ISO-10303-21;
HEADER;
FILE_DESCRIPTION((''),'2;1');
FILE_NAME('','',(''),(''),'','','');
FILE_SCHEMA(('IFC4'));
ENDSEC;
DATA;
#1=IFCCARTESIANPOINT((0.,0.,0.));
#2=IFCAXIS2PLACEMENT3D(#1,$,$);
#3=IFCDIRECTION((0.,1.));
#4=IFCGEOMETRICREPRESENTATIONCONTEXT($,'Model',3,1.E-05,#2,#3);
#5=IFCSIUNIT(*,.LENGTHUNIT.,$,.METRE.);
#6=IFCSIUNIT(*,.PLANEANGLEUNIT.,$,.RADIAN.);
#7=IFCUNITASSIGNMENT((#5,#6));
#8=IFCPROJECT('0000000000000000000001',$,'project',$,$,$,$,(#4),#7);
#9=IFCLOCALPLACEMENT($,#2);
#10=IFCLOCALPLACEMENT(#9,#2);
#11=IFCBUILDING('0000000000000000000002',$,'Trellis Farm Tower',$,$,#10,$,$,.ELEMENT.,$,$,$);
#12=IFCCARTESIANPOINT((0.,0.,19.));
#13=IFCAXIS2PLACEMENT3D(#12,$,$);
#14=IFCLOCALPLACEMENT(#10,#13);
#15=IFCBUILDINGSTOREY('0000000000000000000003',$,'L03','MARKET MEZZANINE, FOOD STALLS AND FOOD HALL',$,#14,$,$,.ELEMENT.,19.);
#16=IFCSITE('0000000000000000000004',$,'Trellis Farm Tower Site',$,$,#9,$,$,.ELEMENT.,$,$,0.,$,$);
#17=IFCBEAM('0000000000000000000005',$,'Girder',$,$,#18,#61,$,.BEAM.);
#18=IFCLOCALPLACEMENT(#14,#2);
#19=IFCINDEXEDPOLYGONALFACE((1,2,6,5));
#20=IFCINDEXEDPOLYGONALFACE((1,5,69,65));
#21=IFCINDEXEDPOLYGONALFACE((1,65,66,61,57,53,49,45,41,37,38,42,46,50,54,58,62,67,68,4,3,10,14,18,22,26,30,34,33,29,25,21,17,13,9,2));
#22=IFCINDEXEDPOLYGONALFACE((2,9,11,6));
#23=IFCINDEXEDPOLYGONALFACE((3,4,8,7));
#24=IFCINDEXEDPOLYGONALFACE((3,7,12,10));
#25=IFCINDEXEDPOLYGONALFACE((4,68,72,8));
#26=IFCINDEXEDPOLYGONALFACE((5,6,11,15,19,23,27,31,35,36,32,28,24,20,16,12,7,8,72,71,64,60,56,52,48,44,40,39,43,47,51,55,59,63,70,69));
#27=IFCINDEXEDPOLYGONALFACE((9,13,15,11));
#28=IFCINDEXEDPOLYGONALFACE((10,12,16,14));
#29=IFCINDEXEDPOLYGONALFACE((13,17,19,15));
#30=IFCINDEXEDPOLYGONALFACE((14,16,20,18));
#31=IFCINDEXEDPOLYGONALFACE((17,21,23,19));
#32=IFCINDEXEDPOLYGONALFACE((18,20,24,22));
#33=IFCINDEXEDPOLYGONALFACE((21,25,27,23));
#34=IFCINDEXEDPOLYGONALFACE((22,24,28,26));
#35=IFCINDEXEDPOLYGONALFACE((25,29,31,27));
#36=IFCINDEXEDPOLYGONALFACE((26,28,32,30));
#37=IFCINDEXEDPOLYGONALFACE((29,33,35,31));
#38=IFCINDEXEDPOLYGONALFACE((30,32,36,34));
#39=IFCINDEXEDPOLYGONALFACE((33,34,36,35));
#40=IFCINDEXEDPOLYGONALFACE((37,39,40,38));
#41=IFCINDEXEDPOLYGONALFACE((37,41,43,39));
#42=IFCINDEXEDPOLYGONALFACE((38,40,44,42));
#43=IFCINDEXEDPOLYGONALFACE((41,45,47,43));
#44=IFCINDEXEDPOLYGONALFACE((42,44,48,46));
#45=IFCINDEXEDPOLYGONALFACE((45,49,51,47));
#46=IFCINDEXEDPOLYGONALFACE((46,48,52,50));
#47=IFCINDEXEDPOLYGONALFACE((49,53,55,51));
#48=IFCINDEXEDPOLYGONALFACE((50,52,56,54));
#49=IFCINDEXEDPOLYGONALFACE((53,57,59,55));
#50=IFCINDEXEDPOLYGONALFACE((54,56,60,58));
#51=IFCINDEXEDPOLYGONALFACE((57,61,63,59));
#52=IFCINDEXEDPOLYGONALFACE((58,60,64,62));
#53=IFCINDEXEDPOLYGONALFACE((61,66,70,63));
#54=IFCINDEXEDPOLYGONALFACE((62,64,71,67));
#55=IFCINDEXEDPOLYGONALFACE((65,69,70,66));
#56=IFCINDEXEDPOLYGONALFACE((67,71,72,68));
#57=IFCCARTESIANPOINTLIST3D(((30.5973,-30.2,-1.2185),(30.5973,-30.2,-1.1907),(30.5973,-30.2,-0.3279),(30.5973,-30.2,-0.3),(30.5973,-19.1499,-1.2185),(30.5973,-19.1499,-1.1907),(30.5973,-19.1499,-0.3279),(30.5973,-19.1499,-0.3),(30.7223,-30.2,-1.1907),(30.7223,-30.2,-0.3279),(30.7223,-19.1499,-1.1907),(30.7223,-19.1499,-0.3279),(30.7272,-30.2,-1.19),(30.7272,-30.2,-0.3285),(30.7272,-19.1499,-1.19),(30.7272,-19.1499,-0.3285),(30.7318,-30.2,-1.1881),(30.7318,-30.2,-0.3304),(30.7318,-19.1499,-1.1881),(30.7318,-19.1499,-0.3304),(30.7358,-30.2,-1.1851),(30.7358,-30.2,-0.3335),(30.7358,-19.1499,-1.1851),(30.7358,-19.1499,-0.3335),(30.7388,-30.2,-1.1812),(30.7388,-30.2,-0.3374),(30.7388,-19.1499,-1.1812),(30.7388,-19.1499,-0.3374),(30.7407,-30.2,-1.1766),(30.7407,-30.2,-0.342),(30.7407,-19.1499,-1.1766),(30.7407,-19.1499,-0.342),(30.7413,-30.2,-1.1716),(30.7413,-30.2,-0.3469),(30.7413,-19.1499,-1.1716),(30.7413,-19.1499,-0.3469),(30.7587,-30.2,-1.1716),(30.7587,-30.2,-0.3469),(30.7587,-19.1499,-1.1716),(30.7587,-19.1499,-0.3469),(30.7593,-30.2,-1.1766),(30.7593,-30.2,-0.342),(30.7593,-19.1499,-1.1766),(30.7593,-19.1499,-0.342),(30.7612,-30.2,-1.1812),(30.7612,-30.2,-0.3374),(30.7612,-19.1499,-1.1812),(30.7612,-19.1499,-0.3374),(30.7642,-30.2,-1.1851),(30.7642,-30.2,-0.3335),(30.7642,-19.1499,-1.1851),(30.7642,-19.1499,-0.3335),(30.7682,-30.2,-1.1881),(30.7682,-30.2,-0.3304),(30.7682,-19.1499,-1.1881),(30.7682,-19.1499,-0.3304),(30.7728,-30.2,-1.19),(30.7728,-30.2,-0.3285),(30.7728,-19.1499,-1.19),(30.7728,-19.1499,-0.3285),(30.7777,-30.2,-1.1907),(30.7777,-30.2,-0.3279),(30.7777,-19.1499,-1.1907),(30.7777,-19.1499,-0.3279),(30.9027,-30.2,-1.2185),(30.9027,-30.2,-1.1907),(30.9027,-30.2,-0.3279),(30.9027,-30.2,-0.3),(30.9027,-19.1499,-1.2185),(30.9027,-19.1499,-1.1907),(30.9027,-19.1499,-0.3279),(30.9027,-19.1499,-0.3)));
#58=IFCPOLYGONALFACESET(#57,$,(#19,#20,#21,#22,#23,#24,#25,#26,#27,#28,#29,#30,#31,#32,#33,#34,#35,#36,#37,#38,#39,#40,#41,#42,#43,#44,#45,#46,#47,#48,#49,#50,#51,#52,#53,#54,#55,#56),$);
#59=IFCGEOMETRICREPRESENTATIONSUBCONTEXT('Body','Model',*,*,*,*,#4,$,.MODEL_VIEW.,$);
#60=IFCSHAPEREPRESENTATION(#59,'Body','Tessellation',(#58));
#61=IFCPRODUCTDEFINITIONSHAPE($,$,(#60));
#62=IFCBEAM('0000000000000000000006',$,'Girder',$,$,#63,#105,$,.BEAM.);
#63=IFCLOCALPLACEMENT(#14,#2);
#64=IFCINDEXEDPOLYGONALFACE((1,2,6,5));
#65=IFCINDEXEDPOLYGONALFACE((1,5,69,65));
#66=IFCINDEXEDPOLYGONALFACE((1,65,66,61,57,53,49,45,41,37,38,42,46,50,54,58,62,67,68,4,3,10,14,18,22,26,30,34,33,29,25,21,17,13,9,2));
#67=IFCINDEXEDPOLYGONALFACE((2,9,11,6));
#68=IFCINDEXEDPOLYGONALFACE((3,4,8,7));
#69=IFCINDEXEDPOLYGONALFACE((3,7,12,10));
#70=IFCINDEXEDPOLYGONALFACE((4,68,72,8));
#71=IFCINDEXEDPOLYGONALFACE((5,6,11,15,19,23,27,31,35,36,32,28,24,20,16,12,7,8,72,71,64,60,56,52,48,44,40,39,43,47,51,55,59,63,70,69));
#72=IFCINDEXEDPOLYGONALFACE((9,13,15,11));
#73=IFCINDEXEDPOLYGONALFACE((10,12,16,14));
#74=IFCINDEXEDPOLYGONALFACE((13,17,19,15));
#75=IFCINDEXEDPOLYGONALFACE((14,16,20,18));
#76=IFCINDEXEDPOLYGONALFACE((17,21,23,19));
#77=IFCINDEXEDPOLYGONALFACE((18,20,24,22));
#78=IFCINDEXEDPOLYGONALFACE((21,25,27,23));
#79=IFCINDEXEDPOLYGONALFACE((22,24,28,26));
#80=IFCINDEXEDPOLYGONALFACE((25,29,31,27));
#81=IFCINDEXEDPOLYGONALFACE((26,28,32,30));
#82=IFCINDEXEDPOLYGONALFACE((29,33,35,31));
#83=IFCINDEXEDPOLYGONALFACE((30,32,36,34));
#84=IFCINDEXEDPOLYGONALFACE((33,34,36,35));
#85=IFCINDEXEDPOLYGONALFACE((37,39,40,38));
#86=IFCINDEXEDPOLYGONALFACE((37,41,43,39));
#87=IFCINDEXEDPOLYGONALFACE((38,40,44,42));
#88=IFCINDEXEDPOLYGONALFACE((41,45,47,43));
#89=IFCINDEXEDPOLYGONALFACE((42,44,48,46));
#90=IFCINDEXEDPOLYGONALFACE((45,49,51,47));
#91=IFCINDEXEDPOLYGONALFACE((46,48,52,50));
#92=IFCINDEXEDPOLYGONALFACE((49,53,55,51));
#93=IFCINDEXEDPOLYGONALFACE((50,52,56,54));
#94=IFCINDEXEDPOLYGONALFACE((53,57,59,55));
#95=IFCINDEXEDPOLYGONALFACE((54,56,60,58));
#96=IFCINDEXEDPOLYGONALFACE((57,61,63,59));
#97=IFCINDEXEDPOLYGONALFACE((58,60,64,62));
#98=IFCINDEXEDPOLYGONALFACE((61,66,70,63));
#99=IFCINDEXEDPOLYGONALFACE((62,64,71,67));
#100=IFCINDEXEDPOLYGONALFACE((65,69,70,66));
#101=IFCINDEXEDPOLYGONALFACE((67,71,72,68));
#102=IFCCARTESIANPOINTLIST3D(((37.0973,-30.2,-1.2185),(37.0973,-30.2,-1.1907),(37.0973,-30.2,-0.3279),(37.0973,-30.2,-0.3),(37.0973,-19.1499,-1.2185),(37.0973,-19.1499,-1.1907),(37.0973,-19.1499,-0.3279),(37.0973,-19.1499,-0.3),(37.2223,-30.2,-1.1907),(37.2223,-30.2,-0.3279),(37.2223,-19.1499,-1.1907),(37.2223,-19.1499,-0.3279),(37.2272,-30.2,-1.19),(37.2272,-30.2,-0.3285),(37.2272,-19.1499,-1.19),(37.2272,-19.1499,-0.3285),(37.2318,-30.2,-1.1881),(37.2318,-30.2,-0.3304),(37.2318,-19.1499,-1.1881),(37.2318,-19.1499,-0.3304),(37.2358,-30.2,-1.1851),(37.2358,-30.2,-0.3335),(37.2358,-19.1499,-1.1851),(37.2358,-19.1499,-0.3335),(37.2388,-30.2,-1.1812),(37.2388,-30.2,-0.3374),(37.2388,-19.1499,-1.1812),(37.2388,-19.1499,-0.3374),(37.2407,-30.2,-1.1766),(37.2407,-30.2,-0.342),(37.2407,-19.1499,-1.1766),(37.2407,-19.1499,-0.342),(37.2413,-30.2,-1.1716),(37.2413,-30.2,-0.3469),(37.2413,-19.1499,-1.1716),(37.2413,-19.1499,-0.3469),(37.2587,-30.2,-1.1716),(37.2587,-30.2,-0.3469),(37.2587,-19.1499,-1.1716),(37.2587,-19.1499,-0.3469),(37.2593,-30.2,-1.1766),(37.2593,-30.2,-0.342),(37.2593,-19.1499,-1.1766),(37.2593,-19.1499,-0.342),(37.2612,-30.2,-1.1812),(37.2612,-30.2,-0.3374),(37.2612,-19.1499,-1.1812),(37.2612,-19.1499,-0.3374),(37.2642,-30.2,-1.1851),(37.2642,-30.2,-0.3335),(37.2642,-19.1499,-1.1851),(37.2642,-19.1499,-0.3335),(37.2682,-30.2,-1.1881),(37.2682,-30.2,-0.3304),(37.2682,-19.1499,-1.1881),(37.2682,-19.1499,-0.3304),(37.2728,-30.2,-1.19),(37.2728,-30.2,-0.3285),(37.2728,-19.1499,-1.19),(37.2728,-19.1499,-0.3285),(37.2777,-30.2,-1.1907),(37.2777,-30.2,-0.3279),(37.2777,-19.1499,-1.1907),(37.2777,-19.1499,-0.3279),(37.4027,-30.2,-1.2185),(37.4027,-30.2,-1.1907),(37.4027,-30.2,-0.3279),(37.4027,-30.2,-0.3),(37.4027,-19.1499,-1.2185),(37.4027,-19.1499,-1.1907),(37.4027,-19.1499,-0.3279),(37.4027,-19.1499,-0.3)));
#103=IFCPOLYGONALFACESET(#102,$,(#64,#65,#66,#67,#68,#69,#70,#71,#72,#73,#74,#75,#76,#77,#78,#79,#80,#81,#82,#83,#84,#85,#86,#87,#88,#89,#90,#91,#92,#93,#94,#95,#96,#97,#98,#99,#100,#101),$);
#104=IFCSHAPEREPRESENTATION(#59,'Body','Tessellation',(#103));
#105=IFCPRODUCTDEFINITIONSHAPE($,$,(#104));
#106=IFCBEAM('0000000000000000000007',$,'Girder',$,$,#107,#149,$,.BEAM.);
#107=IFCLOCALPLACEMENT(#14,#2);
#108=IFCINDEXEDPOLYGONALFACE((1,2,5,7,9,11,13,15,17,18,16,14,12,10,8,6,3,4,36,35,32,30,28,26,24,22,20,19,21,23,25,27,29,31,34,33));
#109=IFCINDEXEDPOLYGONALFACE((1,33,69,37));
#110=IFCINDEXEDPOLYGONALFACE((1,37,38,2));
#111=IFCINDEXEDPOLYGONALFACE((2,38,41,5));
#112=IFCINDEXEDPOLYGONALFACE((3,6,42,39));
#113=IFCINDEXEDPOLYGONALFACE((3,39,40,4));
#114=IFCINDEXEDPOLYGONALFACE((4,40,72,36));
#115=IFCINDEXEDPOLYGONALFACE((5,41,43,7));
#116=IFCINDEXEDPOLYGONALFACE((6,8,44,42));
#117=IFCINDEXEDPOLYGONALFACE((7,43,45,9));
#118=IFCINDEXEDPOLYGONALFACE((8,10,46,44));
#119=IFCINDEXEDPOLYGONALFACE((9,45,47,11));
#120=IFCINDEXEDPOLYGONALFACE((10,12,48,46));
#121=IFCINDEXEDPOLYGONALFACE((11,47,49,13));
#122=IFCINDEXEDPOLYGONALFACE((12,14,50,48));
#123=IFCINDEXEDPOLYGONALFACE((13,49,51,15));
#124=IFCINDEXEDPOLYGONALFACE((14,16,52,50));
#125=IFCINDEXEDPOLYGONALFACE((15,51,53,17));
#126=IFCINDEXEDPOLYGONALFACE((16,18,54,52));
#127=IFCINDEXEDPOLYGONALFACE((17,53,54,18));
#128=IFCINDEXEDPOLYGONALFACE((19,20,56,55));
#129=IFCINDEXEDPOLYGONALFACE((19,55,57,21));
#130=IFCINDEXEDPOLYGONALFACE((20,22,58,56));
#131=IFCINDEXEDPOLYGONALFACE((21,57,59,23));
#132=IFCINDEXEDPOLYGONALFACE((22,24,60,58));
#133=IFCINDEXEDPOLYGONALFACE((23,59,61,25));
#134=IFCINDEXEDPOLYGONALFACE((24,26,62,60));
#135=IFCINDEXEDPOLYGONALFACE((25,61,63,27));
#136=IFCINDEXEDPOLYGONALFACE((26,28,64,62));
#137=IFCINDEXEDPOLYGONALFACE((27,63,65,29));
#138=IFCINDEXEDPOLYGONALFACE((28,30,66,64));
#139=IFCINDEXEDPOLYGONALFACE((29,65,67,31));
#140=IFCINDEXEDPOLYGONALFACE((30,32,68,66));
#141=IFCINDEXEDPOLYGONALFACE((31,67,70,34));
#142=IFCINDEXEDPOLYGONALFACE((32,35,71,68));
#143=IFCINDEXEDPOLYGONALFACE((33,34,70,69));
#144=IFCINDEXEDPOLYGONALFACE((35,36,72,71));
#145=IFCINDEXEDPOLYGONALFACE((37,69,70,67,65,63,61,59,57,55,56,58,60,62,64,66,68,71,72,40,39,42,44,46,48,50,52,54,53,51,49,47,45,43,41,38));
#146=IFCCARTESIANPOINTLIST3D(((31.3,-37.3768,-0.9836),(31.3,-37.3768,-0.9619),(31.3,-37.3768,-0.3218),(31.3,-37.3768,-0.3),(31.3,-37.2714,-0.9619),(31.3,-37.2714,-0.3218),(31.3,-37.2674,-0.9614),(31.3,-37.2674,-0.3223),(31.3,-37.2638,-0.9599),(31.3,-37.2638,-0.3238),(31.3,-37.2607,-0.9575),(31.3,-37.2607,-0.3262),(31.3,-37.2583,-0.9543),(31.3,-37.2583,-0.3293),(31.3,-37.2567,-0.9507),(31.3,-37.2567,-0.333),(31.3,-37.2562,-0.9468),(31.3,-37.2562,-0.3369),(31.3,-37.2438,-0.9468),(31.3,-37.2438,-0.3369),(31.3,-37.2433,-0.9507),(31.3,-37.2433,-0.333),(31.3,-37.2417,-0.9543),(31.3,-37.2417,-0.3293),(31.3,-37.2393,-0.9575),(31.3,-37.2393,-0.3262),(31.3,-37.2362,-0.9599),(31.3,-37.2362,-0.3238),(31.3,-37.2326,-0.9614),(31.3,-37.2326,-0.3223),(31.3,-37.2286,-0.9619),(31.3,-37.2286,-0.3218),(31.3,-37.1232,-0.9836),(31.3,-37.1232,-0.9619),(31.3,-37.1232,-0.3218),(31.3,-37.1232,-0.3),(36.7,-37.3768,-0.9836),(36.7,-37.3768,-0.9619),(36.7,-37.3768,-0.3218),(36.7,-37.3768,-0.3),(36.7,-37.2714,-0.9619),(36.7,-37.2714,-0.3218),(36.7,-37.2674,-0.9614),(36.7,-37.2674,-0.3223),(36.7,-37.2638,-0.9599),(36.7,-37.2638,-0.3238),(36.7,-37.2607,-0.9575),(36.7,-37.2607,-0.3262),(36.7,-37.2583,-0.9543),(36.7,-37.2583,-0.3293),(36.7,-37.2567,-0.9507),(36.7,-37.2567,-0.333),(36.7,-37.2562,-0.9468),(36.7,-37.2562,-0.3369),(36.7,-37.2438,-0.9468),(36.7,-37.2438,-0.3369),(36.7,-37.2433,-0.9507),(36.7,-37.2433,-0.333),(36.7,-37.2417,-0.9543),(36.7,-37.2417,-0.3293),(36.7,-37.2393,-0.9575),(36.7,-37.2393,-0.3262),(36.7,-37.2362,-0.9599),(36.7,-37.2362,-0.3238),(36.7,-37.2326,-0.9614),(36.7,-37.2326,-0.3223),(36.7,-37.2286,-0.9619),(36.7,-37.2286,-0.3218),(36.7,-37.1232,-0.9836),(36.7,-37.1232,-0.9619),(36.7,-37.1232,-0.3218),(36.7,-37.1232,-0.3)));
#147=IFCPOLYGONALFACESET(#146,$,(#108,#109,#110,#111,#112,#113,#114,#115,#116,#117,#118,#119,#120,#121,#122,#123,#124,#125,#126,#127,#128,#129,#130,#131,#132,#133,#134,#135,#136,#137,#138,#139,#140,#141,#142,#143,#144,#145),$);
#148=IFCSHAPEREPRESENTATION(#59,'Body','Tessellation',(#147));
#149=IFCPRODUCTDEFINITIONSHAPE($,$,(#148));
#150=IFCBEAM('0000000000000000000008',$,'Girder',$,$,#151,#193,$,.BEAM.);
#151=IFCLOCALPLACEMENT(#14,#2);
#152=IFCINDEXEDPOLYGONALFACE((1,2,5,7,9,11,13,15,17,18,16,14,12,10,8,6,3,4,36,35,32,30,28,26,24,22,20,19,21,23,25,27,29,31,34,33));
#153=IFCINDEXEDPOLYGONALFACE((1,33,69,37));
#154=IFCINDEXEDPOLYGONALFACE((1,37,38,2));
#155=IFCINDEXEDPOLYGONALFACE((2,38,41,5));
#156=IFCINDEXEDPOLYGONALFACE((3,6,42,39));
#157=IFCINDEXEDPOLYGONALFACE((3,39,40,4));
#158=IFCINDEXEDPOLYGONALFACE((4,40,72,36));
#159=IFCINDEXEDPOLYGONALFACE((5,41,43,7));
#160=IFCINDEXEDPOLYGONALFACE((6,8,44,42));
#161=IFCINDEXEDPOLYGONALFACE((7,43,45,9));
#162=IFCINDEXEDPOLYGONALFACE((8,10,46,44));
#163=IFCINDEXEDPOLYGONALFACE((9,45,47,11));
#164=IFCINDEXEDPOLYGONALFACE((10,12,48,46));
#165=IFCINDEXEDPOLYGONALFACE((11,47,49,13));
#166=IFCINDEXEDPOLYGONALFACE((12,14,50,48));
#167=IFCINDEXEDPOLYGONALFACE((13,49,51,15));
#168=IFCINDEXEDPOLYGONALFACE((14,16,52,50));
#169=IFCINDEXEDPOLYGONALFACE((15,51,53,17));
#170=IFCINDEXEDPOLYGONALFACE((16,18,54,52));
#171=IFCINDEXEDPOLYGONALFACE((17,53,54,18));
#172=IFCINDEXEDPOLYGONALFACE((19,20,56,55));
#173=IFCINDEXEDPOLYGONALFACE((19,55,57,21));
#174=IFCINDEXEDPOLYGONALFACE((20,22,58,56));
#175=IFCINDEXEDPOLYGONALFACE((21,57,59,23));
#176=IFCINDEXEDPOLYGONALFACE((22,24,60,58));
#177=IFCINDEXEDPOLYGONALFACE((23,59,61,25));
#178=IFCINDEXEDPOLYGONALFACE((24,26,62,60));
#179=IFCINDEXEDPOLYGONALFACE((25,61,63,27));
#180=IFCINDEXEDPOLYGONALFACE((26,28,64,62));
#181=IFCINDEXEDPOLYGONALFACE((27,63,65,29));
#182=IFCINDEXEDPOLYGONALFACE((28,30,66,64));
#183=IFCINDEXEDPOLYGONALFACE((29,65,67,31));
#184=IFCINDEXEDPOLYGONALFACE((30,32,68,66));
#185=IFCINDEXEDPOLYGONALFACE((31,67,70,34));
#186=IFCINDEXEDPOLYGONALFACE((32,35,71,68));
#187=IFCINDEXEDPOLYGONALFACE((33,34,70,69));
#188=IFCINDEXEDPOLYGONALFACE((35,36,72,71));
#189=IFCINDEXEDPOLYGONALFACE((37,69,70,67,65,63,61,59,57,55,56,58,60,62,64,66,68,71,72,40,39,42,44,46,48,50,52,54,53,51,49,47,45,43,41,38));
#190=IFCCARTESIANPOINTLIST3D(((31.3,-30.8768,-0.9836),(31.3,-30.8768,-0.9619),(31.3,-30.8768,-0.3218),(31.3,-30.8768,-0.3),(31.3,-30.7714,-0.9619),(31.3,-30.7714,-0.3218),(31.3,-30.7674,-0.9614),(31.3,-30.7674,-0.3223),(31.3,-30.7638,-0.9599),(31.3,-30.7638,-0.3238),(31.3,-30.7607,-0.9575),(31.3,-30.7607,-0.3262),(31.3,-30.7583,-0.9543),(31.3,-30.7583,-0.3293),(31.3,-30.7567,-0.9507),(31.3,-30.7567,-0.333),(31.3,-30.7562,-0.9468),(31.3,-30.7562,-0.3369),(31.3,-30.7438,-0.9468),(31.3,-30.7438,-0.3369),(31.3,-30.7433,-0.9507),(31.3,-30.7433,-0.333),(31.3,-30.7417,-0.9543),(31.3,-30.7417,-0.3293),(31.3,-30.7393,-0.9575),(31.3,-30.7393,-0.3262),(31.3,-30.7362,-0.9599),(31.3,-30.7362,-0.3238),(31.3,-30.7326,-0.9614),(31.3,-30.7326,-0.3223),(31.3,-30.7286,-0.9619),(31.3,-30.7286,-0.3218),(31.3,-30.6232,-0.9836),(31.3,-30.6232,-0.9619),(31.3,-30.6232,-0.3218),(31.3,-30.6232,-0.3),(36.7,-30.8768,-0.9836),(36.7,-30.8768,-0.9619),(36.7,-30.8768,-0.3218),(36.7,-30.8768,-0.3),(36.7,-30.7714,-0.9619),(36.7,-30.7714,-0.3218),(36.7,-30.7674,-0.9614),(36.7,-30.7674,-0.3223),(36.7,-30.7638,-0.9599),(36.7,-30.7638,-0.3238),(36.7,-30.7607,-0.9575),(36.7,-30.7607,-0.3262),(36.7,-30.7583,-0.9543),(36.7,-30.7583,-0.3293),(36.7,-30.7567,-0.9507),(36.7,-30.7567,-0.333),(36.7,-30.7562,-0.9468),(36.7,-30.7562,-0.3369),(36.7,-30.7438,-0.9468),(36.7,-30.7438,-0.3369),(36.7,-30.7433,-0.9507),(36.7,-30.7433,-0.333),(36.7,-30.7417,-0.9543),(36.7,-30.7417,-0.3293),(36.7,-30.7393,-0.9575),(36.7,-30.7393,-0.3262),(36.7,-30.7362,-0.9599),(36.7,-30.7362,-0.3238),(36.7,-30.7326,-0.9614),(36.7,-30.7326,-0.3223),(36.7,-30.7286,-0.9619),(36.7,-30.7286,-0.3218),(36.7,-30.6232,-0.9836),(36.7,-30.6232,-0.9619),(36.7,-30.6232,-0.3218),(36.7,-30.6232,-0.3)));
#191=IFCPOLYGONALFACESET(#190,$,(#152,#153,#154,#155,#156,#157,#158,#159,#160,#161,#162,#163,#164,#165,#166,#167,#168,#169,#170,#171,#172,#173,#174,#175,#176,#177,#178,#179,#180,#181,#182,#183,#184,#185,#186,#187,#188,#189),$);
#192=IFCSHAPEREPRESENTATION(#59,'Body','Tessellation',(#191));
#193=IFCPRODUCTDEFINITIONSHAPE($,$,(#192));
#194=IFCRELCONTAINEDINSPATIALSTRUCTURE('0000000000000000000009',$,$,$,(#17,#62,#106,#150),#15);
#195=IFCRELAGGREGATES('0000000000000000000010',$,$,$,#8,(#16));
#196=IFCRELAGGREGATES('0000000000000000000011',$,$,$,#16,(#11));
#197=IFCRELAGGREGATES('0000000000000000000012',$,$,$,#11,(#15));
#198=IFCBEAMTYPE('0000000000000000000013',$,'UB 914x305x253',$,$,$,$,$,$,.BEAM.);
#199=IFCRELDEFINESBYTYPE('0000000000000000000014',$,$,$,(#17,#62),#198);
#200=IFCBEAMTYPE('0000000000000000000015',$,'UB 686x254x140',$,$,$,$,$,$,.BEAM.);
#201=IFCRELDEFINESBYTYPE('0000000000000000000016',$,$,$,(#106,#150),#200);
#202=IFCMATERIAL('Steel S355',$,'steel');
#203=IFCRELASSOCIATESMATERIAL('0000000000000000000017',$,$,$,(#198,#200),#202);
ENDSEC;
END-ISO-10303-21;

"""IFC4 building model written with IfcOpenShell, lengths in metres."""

from ifc_helpers import new_model, si_unit, direction, frame, origin, origin_2d, place, context, subcontext, project, spatial, i_section, extrude, source, transform, mapped, material, material_profile, profile_set, type_object, element, save


model = new_model("IFC4")

# Units and contexts
model_context = context("Model", 3, precision=1e-05, world=origin(), true_north=direction((0.0, 1.0)))
body_context = subcontext(model_context, "Body", "Model", "MODEL_VIEW")
ifc_project = project(units=[si_unit("LENGTHUNIT", "METRE"), si_unit("PLANEANGLEUNIT", "RADIAN")], contexts=[model_context])

# Site, building, storey
site_placement = place(None, origin())
site = spatial("IfcSite", under=ifc_project, at=site_placement, Name="Trellis Farm Tower Site", CompositionType="ELEMENT", RefElevation=0.0)
building_placement = place(site_placement, origin())
building = spatial("IfcBuilding", under=site, at=building_placement, Name="Trellis Farm Tower", CompositionType="ELEMENT")
storey_placement = place(building_placement, frame((0.0, 0.0, 19.0)))
storey = spatial("IfcBuildingStorey", under=building, at=storey_placement, Name="L03", Description="MARKET MEZZANINE, FOOD STALLS AND FOOD HALL", CompositionType="ELEMENT", Elevation=19.0)

# Beams
ifc_material_1 = material(Name="Steel S355", Category="steel")
ifc_material_profile_1 = material_profile(ifc_material_1, i_section(OverallWidth=0.3054, OverallDepth=0.9185, WebThickness=0.0173, FlangeThickness=0.0278, FilletRadius=0.019, at=origin_2d()), Name="UB 914x305x253")
ifc_profile_set_1 = profile_set([ifc_material_profile_1], Name="Steel S355")
beam_type_1 = type_object("IfcBeamType", Name="UB 914x305x253", PredefinedType="BEAM", material=ifc_profile_set_1)
shared_shape_1 = source(origin(), body_context, "Body", "SweptSolid", [
    extrude(i_section(OverallWidth=0.3054, OverallDepth=0.9185, WebThickness=0.0173, FlangeThickness=0.0278, FilletRadius=0.019, at=origin_2d()), origin(), (0.0, 0.0, 1.0), 11.05),
])
for number, where, z_axis, x_axis, name in (
    (1, (30.75, -30.2, -0.7593), (0.0, 1.0, 0.0), (-1.0, 0.0, 0.0), "Girder"),
    (2, (37.25, -30.2, -0.7593), (0.0, 1.0, 0.0), (-1.0, 0.0, 0.0), "Girder"),
):
    element("IfcBeam", number, at=place(storey_placement, frame(where, z_axis=z_axis, x_axis=x_axis)), inside=storey, type_object=beam_type_1, Name=name, PredefinedType="BEAM", context=body_context, shape_type="MappedRepresentation", body=[
        mapped(shared_shape_1, transform((0.0, 0.0, 0.0))),
    ])
ifc_material_profile_2 = material_profile(ifc_material_1, i_section(OverallWidth=0.2537, OverallDepth=0.6836, WebThickness=0.0125, FlangeThickness=0.0217, FilletRadius=0.0151, at=origin_2d()), Name="UB 686x254x140")
ifc_profile_set_2 = profile_set([ifc_material_profile_2], Name="Steel S355")
beam_type_2 = type_object("IfcBeamType", Name="UB 686x254x140", PredefinedType="BEAM", material=ifc_profile_set_2)
shared_shape_2 = source(origin(), body_context, "Body", "SweptSolid", [
    extrude(i_section(OverallWidth=0.2537, OverallDepth=0.6836, WebThickness=0.0125, FlangeThickness=0.0217, FilletRadius=0.0151, at=origin_2d()), origin(), (0.0, 0.0, 1.0), 5.3999),
])
for number, where, z_axis, x_axis, name in (
    (3, (31.3, -37.25, -0.6418), (1.0, 0.0, 0.0), (0.0, 1.0, 0.0), "Girder"),
    (4, (31.3, -30.75, -0.6418), (1.0, 0.0, 0.0), (0.0, 1.0, 0.0), "Girder"),
):
    element("IfcBeam", number, at=place(storey_placement, frame(where, z_axis=z_axis, x_axis=x_axis)), inside=storey, type_object=beam_type_2, Name=name, PredefinedType="BEAM", context=body_context, shape_type="MappedRepresentation", body=[
        mapped(shared_shape_2, transform((0.0, 0.0, 0.0))),
    ])

save(model, "model.ifc")
